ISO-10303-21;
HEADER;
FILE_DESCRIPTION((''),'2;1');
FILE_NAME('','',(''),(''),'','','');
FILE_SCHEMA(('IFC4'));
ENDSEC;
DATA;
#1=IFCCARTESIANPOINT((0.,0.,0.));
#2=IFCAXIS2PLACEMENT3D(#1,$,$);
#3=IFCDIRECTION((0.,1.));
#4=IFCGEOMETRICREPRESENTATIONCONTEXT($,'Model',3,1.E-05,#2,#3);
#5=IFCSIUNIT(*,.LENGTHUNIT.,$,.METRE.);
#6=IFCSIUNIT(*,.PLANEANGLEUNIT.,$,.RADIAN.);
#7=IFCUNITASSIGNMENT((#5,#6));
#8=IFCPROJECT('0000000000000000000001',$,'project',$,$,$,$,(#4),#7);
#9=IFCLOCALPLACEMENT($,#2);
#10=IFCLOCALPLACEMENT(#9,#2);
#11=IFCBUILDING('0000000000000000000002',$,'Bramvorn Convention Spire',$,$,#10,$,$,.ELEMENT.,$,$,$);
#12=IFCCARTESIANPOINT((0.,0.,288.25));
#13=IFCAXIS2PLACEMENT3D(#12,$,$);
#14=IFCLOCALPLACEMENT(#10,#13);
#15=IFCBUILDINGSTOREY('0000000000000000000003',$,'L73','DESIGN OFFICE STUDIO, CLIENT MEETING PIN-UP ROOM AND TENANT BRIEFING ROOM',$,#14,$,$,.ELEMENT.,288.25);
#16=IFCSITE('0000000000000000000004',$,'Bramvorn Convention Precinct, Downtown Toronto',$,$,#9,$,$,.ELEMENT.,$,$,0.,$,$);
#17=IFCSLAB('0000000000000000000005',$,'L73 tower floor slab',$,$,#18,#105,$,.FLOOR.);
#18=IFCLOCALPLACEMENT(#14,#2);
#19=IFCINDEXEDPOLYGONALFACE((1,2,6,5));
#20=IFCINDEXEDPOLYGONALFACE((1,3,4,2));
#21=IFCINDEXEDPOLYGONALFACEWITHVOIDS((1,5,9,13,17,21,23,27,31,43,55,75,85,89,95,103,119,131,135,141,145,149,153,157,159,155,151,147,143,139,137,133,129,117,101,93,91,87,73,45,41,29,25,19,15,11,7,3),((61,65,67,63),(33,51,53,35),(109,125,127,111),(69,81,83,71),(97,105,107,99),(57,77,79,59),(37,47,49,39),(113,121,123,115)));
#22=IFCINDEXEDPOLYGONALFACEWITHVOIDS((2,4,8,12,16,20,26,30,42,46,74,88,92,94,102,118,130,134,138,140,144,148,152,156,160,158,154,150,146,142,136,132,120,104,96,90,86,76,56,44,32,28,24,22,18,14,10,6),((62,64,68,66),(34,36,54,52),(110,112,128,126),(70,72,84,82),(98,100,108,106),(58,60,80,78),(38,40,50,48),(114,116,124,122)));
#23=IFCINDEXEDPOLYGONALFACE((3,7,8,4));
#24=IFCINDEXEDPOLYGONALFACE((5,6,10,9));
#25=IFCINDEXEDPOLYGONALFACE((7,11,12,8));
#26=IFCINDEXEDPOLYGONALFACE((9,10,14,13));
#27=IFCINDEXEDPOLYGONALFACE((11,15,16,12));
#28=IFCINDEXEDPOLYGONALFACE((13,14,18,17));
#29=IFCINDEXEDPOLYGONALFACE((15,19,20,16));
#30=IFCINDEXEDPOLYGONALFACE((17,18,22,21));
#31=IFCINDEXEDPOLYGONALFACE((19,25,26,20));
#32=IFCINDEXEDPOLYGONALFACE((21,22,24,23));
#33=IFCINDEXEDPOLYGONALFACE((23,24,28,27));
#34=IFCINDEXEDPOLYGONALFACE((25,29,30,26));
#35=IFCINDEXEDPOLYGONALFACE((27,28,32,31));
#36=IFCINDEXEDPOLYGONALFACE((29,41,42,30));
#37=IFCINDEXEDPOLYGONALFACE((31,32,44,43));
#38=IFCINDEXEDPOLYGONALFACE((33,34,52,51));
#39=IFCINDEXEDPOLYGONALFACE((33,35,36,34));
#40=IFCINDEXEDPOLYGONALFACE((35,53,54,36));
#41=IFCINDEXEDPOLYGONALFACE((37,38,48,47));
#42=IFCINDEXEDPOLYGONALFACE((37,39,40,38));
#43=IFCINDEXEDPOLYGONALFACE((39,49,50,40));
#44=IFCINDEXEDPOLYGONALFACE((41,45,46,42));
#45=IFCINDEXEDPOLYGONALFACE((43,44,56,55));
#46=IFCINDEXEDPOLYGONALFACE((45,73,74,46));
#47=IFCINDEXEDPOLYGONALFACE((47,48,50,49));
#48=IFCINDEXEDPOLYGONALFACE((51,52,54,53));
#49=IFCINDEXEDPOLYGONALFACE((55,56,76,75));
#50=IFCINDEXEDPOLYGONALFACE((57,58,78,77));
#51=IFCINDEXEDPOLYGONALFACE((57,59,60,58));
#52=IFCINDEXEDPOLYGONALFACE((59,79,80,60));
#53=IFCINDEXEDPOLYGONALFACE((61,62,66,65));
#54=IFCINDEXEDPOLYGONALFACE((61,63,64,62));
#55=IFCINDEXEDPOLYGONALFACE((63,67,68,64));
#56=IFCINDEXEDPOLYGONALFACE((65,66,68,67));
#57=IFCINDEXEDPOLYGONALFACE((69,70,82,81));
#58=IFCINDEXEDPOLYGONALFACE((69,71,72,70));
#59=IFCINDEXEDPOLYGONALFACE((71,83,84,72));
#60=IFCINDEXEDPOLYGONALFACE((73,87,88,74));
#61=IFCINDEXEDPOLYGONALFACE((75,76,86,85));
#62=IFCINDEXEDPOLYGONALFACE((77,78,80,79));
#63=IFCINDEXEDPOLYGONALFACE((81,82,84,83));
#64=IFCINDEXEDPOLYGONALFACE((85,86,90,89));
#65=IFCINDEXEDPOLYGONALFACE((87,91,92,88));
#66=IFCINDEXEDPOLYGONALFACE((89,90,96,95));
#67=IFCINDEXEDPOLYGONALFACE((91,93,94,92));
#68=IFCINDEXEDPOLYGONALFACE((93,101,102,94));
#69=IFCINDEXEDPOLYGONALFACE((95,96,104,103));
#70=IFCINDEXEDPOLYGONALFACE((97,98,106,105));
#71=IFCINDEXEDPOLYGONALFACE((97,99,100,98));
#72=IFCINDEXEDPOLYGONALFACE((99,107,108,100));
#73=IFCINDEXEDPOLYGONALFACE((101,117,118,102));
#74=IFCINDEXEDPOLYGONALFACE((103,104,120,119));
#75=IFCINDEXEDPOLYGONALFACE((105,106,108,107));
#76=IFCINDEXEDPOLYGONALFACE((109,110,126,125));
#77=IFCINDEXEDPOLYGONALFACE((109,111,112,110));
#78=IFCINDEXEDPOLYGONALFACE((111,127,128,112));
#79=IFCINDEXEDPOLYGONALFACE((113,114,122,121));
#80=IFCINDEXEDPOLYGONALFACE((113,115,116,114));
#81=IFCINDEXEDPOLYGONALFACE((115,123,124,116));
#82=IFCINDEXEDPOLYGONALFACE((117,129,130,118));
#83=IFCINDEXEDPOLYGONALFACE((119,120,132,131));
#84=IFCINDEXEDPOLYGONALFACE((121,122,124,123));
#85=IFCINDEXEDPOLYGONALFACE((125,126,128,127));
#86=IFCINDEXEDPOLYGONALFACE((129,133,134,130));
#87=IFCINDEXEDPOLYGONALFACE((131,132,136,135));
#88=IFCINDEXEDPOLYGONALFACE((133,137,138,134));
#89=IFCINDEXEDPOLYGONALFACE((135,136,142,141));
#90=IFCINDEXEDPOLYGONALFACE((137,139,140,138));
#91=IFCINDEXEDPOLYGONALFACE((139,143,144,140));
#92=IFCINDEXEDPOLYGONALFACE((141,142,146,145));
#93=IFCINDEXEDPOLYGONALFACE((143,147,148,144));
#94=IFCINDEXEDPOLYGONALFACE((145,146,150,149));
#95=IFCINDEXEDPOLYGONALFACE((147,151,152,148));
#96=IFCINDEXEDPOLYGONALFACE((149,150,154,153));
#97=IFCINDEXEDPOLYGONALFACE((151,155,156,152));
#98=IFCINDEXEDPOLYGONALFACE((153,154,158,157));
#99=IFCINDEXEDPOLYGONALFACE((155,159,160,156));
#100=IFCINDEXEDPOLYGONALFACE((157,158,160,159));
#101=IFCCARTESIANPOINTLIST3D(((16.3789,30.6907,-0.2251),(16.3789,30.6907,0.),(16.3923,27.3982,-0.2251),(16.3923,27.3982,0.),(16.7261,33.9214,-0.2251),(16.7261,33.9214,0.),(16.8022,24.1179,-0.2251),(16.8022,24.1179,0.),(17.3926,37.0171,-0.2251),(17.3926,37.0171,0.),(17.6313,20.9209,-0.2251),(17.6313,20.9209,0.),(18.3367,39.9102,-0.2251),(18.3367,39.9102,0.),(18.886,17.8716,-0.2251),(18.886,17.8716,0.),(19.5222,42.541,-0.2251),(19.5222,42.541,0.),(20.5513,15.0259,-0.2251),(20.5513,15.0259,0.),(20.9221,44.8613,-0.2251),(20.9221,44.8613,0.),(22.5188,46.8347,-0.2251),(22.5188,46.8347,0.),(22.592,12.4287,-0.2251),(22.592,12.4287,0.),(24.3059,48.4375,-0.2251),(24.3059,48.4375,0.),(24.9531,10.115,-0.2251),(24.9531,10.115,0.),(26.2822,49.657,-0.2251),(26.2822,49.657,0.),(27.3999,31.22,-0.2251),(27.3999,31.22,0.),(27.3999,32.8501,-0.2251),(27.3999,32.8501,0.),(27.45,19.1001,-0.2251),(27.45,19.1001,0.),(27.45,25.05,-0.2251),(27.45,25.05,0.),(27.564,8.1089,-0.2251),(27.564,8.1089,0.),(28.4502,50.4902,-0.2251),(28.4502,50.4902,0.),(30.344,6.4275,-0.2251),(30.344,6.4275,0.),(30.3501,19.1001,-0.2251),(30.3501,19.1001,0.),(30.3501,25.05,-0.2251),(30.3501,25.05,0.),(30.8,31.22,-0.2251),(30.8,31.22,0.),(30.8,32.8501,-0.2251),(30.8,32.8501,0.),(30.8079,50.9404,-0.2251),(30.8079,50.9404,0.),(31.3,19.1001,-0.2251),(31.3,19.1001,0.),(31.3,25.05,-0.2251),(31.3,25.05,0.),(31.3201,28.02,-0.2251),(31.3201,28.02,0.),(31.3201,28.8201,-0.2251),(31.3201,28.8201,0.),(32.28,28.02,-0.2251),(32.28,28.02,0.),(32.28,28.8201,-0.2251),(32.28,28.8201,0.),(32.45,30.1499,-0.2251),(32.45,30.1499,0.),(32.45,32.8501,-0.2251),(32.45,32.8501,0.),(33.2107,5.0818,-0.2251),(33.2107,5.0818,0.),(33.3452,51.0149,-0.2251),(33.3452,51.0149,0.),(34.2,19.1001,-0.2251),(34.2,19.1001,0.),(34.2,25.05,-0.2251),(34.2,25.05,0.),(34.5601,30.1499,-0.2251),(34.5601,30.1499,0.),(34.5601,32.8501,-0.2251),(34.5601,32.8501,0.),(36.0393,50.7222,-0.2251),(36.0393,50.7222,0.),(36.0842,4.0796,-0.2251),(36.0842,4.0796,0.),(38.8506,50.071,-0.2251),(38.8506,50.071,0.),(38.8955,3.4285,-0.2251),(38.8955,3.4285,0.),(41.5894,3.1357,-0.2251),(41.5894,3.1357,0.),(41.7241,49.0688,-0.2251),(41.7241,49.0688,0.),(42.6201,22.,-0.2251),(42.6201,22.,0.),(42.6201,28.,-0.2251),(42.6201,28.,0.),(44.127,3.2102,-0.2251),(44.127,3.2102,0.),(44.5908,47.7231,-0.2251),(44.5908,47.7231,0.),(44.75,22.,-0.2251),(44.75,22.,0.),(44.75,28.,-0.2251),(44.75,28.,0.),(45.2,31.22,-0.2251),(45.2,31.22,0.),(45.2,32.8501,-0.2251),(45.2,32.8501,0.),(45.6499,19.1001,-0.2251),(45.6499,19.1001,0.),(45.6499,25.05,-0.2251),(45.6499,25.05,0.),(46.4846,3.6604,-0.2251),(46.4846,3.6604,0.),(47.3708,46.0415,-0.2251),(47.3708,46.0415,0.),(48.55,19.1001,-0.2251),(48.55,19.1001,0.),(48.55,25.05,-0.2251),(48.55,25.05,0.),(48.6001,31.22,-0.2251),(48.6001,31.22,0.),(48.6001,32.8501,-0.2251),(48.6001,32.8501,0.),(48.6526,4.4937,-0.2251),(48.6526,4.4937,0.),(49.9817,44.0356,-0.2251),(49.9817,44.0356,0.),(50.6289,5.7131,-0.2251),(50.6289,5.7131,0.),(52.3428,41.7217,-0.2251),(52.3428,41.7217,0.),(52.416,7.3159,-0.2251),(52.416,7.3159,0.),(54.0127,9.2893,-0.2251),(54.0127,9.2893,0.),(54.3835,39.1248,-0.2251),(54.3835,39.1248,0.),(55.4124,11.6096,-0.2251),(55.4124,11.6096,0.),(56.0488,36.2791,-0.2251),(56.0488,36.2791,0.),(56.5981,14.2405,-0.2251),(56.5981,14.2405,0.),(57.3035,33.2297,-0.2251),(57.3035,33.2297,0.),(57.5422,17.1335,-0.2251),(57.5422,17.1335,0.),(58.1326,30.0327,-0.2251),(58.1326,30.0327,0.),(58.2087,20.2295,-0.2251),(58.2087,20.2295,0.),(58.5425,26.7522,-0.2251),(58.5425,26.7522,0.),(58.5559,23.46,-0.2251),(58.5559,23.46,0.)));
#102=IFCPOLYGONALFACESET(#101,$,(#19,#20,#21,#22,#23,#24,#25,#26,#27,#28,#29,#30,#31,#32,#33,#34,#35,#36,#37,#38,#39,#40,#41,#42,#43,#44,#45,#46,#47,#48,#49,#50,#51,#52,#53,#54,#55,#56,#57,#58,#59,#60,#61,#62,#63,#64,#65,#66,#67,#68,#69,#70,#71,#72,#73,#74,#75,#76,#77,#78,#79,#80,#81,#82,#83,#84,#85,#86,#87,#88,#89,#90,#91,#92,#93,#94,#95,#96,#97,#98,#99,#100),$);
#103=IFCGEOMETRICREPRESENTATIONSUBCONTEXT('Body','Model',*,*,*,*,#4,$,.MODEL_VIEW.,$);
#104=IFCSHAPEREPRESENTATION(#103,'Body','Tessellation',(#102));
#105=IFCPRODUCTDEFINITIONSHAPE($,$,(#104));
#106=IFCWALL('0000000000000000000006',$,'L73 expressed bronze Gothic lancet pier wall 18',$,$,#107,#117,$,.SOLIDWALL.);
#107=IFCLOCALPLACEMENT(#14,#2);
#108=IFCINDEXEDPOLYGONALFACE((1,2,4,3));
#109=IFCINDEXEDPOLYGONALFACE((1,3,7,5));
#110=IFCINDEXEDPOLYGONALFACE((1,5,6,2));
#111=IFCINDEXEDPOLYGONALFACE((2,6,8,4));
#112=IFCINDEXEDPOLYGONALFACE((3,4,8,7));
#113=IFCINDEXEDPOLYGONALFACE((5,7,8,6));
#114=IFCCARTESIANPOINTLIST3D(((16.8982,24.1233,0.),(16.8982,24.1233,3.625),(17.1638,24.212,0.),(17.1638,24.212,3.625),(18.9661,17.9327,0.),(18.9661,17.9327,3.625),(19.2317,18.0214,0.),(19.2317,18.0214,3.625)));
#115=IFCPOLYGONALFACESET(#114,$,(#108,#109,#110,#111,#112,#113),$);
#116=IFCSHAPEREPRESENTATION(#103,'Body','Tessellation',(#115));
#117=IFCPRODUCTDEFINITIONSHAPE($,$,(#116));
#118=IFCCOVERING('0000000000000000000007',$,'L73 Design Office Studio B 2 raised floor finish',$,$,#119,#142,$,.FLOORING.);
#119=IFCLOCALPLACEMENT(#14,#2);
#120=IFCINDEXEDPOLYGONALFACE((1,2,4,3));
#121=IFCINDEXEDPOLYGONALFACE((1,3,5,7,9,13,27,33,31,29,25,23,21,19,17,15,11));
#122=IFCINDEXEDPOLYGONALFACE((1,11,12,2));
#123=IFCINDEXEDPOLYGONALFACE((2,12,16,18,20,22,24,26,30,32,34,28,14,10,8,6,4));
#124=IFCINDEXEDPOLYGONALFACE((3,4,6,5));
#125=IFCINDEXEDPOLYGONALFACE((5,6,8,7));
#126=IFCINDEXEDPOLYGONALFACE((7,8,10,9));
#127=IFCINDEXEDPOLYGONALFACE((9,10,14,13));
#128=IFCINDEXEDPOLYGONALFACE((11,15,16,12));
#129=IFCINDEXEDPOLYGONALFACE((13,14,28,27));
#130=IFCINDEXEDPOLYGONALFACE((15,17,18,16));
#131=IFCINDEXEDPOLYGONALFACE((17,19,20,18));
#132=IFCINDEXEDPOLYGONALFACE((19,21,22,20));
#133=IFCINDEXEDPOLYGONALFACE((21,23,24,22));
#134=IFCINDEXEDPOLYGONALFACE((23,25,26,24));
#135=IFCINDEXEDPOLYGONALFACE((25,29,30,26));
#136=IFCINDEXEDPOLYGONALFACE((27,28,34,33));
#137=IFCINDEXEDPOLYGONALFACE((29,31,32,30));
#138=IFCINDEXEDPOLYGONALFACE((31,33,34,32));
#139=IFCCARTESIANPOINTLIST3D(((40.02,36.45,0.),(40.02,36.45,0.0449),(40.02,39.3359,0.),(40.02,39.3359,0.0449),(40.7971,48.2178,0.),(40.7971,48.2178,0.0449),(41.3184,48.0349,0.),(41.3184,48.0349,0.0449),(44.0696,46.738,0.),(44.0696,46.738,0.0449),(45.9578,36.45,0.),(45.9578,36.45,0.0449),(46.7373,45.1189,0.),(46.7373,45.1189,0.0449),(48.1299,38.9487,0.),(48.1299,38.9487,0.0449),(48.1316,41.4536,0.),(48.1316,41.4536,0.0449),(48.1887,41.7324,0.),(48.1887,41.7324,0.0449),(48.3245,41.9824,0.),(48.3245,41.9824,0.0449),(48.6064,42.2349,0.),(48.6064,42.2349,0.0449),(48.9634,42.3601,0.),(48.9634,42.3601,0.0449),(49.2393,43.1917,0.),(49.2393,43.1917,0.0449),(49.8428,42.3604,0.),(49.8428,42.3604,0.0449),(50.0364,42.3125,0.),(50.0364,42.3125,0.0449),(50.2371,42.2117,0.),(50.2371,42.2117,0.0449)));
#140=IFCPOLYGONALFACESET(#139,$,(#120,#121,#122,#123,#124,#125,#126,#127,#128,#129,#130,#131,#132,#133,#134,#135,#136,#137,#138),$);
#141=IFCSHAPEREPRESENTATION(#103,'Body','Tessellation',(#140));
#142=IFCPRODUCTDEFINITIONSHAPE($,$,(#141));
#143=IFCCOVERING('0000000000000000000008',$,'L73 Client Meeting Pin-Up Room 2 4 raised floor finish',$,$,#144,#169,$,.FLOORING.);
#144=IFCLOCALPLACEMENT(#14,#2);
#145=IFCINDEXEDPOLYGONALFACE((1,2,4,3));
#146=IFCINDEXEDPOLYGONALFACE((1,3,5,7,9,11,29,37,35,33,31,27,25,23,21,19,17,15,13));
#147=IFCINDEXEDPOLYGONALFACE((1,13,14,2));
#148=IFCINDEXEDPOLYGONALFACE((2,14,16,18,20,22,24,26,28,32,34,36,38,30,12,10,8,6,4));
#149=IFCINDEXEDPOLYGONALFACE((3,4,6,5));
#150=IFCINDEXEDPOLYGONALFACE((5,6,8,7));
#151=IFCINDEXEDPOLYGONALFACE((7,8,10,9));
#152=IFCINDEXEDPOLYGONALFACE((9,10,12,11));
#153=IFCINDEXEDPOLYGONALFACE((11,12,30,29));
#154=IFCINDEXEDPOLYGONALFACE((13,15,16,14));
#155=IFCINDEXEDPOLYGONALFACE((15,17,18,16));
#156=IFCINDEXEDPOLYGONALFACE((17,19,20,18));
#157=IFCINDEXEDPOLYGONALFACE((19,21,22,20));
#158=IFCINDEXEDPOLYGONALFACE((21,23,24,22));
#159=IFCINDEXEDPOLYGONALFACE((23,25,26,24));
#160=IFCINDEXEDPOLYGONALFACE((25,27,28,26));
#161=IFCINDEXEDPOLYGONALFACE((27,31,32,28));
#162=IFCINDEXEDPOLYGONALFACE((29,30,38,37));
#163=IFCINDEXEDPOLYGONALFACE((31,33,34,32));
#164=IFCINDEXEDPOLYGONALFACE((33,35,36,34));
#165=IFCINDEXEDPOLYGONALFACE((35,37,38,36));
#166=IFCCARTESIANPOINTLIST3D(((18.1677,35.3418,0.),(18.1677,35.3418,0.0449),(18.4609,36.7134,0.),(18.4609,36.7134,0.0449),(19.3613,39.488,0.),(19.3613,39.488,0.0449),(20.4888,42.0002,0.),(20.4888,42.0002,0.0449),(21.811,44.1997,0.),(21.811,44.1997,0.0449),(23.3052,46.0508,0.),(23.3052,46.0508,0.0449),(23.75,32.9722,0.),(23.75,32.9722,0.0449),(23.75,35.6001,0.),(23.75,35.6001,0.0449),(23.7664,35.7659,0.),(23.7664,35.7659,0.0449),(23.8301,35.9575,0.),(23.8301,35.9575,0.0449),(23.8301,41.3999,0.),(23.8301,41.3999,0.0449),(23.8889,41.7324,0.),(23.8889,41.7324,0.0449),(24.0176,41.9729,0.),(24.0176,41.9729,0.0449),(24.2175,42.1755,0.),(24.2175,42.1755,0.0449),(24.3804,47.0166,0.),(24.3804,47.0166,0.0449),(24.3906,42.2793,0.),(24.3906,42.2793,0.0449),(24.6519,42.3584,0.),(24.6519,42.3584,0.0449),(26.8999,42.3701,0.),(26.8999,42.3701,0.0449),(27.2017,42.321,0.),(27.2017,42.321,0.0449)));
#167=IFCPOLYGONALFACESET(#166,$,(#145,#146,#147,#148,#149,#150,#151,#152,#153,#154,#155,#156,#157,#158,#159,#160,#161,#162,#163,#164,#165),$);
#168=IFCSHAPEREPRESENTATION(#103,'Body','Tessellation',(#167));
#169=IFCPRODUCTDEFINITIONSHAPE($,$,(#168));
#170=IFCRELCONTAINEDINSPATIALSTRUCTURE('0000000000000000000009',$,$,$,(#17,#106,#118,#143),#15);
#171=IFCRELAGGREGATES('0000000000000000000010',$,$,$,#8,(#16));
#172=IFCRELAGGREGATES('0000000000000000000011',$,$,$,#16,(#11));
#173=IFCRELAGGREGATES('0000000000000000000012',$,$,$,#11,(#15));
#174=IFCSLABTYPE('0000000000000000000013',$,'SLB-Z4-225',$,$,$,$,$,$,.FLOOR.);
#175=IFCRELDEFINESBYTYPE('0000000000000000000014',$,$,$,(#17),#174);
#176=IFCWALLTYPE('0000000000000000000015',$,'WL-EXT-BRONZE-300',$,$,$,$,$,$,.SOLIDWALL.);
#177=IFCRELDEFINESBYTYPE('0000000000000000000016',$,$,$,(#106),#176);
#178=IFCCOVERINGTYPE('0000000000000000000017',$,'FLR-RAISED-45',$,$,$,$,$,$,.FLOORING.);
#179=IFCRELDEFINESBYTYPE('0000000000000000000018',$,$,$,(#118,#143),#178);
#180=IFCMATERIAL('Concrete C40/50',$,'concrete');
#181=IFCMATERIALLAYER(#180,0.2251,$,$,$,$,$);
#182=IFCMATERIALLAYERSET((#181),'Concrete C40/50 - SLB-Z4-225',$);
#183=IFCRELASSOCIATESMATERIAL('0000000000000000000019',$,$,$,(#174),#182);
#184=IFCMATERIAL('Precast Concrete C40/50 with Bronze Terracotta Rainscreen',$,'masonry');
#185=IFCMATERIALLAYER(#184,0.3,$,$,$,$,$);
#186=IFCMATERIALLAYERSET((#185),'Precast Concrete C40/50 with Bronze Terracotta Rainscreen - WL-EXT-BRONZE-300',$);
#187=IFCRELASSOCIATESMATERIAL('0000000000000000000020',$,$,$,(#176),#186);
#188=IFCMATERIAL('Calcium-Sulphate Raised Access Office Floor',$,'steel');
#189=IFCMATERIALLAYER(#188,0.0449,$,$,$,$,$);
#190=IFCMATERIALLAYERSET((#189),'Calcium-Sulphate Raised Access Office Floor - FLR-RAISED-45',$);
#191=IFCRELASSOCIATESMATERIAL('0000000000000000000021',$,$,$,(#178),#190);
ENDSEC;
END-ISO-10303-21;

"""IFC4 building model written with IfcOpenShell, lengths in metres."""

from ifc_helpers import new_model, si_unit, direction, frame, frame_2d, origin, place, context, subcontext, project, spatial, polyline, rectangle, outline, extrude, material, layer, layer_set, type_object, element, save


model = new_model("IFC4")

# Units and contexts
model_context = context("Model", 3, precision=1e-05, world=origin(), true_north=direction((0.0, 1.0)))
body_context = subcontext(model_context, "Body", "Model", "MODEL_VIEW")
ifc_project = project(units=[si_unit("LENGTHUNIT", "METRE"), si_unit("PLANEANGLEUNIT", "RADIAN")], contexts=[model_context])

# Site, building, storey
site_placement = place(None, origin())
site = spatial("IfcSite", under=ifc_project, at=site_placement, Name="Bramvorn Convention Precinct, Downtown Toronto", CompositionType="ELEMENT", RefElevation=0.0)
building_placement = place(site_placement, origin())
building = spatial("IfcBuilding", under=site, at=building_placement, Name="Bramvorn Convention Spire", CompositionType="ELEMENT")
storey_placement = place(building_placement, frame((0.0, 0.0, 288.25)))
storey = spatial("IfcBuildingStorey", under=building, at=storey_placement, Name="L73", Description="DESIGN OFFICE STUDIO, CLIENT MEETING PIN-UP ROOM AND TENANT BRIEFING ROOM", CompositionType="ELEMENT", Elevation=288.25)

# Slab
ifc_material_1 = material(Name="Concrete C40/50", Category="concrete")
ifc_layer_1 = layer(ifc_material_1, 0.2251)
ifc_layer_set_1 = layer_set([ifc_layer_1], Name="Concrete C40/50 - SLB-Z4-225")
slab_type_1 = type_object("IfcSlabType", Name="SLB-Z4-225", PredefinedType="FLOOR", material=ifc_layer_set_1)
slab_1_placement = place(storey_placement, frame((0.0, 0.0, -0.2251)))
element("IfcSlab", 1, at=slab_1_placement, inside=storey, type_object=slab_type_1, Name="L73 tower floor slab", PredefinedType="FLOOR", context=body_context, shape_type="SweptSolid", body=[
    extrude(outline(polyline([(48.6526, 4.4937), (50.6289, 5.7131), (52.416, 7.3159), (54.0127, 9.2893), (55.4124, 11.6096), (56.5981, 14.2405), (57.5422, 17.1335), (58.2087, 20.2295), (58.5559, 23.46), (58.5425, 26.7522), (58.1326, 30.0327), (57.3035, 33.2297), (56.0488, 36.2791), (54.3835, 39.1248), (52.3428, 41.7217), (49.9817, 44.0356), (47.3708, 46.0415), (44.5908, 47.7231), (41.7241, 49.0688), (38.8506, 50.071), (36.0393, 50.7222), (33.3452, 51.0149), (30.8079, 50.9404), (28.4502, 50.4902), (26.2822, 49.657), (24.3059, 48.4375), (22.5188, 46.8347), (20.9221, 44.8613), (19.5222, 42.541), (18.3367, 39.9102), (17.3926, 37.0171), (16.7261, 33.9214), (16.3789, 30.6907), (16.3923, 27.3982), (16.8022, 24.1179), (17.6313, 20.9209), (18.886, 17.8716), (20.5513, 15.0259), (22.592, 12.4287), (24.9531, 10.115), (27.564, 8.1089), (30.344, 6.4275), (33.2107, 5.0818), (36.0842, 4.0796), (38.8955, 3.4285), (41.5894, 3.1357), (44.127, 3.2102), (46.4846, 3.6604), (48.6526, 4.4937)]), holes=[polyline([(27.45, 25.05), (27.45, 19.1001), (30.3501, 19.1001), (30.3501, 25.05), (27.45, 25.05)]), polyline([(45.6499, 25.05), (45.6499, 19.1001), (48.55, 19.1001), (48.55, 25.05), (45.6499, 25.05)]), polyline([(31.3, 25.05), (31.3, 19.1001), (34.2, 19.1001), (34.2, 25.05), (31.3, 25.05)]), polyline([(27.3999, 31.22), (30.8, 31.22), (30.8, 32.8501), (27.3999, 32.8501), (27.3999, 31.22)]), polyline([(45.2, 31.22), (48.6001, 31.22), (48.6001, 32.8501), (45.2, 32.8501), (45.2, 31.22)]), polyline([(32.45, 30.1499), (34.5601, 30.1499), (34.5601, 32.8501), (32.45, 32.8501), (32.45, 30.1499)]), polyline([(42.6201, 22.0), (44.75, 22.0), (44.75, 28.0), (42.6201, 28.0), (42.6201, 22.0)]), polyline([(31.3201, 28.02), (32.28, 28.02), (32.28, 28.8201), (31.3201, 28.8201), (31.3201, 28.02)])]), origin(), (0.0, 0.0, 1.0), 0.2251),
])

# Wall
ifc_material_2 = material(Name="Precast Concrete C40/50 with Bronze Terracotta Rainscreen", Category="masonry")
ifc_layer_2 = layer(ifc_material_2, 0.3)
ifc_layer_set_2 = layer_set([ifc_layer_2], Name="Precast Concrete C40/50 with Bronze Terracotta Rainscreen - WL-EXT-BRONZE-300")
wall_type = type_object("IfcWallType", Name="WL-EXT-BRONZE-300", PredefinedType="SOLIDWALL", material=ifc_layer_set_2)
wall_placement = place(storey_placement, frame((19.0989, 17.9771, 0.0), z_axis=(0.0, 0.0, 1.0), x_axis=(-0.316822, 0.948485, 0.0)))
element("IfcWall", 2, at=wall_placement, inside=storey, type_object=wall_type, Name="L73 expressed bronze Gothic lancet pier wall 18", PredefinedType="SOLIDWALL", context=body_context, shape_type="SweptSolid", body=[
    extrude(rectangle(XDim=6.5269, YDim=0.28, at=frame_2d((3.2634, 0.0))), origin(), (0.0, 0.0, 1.0), 3.625),
])

# Coverings
ifc_material_3 = material(Name="Calcium-Sulphate Raised Access Office Floor", Category="steel")
ifc_layer_3 = layer(ifc_material_3, 0.0449)
ifc_layer_set_3 = layer_set([ifc_layer_3], Name="Calcium-Sulphate Raised Access Office Floor - FLR-RAISED-45")
covering_type = type_object("IfcCoveringType", Name="FLR-RAISED-45", PredefinedType="FLOORING", material=ifc_layer_set_3)
covering_1_placement = place(storey_placement, origin())
element("IfcCovering", 3, at=covering_1_placement, inside=storey, type_object=covering_type, Name="L73 Design Office Studio B 2 raised floor finish", PredefinedType="FLOORING", context=body_context, shape_type="SweptSolid", body=[
    extrude(outline(polyline([(41.3184, 48.0349), (40.7971, 48.2178), (40.02, 39.3359), (40.02, 36.45), (45.9578, 36.45), (48.1299, 38.9487), (48.1316, 41.4536), (48.1887, 41.7324), (48.3245, 41.9824), (48.6064, 42.2349), (48.9634, 42.3601), (49.8428, 42.3604), (50.0364, 42.3125), (50.2371, 42.2117), (49.2393, 43.1917), (46.7373, 45.1189), (44.0696, 46.738), (41.3184, 48.0349)])), origin(), (0.0, 0.0, 1.0), 0.0449),
])
covering_2_placement = place(storey_placement, origin())
element("IfcCovering", 4, at=covering_2_placement, inside=storey, type_object=covering_type, Name="L73 Client Meeting Pin-Up Room 2 4 raised floor finish", PredefinedType="FLOORING", context=body_context, shape_type="SweptSolid", body=[
    extrude(outline(polyline([(18.4609, 36.7134), (18.1677, 35.3418), (23.75, 32.9722), (23.75, 35.6001), (23.7664, 35.7659), (23.8301, 35.9575), (23.8301, 41.3999), (23.8889, 41.7324), (24.0176, 41.9729), (24.2175, 42.1755), (24.3906, 42.2793), (24.6519, 42.3584), (26.8999, 42.3701), (27.2017, 42.321), (24.3804, 47.0166), (23.3052, 46.0508), (21.811, 44.1997), (20.4888, 42.0002), (19.3613, 39.488), (18.4609, 36.7134)])), origin(), (0.0, 0.0, 1.0), 0.0449),
])

save(model, "model.ifc")
